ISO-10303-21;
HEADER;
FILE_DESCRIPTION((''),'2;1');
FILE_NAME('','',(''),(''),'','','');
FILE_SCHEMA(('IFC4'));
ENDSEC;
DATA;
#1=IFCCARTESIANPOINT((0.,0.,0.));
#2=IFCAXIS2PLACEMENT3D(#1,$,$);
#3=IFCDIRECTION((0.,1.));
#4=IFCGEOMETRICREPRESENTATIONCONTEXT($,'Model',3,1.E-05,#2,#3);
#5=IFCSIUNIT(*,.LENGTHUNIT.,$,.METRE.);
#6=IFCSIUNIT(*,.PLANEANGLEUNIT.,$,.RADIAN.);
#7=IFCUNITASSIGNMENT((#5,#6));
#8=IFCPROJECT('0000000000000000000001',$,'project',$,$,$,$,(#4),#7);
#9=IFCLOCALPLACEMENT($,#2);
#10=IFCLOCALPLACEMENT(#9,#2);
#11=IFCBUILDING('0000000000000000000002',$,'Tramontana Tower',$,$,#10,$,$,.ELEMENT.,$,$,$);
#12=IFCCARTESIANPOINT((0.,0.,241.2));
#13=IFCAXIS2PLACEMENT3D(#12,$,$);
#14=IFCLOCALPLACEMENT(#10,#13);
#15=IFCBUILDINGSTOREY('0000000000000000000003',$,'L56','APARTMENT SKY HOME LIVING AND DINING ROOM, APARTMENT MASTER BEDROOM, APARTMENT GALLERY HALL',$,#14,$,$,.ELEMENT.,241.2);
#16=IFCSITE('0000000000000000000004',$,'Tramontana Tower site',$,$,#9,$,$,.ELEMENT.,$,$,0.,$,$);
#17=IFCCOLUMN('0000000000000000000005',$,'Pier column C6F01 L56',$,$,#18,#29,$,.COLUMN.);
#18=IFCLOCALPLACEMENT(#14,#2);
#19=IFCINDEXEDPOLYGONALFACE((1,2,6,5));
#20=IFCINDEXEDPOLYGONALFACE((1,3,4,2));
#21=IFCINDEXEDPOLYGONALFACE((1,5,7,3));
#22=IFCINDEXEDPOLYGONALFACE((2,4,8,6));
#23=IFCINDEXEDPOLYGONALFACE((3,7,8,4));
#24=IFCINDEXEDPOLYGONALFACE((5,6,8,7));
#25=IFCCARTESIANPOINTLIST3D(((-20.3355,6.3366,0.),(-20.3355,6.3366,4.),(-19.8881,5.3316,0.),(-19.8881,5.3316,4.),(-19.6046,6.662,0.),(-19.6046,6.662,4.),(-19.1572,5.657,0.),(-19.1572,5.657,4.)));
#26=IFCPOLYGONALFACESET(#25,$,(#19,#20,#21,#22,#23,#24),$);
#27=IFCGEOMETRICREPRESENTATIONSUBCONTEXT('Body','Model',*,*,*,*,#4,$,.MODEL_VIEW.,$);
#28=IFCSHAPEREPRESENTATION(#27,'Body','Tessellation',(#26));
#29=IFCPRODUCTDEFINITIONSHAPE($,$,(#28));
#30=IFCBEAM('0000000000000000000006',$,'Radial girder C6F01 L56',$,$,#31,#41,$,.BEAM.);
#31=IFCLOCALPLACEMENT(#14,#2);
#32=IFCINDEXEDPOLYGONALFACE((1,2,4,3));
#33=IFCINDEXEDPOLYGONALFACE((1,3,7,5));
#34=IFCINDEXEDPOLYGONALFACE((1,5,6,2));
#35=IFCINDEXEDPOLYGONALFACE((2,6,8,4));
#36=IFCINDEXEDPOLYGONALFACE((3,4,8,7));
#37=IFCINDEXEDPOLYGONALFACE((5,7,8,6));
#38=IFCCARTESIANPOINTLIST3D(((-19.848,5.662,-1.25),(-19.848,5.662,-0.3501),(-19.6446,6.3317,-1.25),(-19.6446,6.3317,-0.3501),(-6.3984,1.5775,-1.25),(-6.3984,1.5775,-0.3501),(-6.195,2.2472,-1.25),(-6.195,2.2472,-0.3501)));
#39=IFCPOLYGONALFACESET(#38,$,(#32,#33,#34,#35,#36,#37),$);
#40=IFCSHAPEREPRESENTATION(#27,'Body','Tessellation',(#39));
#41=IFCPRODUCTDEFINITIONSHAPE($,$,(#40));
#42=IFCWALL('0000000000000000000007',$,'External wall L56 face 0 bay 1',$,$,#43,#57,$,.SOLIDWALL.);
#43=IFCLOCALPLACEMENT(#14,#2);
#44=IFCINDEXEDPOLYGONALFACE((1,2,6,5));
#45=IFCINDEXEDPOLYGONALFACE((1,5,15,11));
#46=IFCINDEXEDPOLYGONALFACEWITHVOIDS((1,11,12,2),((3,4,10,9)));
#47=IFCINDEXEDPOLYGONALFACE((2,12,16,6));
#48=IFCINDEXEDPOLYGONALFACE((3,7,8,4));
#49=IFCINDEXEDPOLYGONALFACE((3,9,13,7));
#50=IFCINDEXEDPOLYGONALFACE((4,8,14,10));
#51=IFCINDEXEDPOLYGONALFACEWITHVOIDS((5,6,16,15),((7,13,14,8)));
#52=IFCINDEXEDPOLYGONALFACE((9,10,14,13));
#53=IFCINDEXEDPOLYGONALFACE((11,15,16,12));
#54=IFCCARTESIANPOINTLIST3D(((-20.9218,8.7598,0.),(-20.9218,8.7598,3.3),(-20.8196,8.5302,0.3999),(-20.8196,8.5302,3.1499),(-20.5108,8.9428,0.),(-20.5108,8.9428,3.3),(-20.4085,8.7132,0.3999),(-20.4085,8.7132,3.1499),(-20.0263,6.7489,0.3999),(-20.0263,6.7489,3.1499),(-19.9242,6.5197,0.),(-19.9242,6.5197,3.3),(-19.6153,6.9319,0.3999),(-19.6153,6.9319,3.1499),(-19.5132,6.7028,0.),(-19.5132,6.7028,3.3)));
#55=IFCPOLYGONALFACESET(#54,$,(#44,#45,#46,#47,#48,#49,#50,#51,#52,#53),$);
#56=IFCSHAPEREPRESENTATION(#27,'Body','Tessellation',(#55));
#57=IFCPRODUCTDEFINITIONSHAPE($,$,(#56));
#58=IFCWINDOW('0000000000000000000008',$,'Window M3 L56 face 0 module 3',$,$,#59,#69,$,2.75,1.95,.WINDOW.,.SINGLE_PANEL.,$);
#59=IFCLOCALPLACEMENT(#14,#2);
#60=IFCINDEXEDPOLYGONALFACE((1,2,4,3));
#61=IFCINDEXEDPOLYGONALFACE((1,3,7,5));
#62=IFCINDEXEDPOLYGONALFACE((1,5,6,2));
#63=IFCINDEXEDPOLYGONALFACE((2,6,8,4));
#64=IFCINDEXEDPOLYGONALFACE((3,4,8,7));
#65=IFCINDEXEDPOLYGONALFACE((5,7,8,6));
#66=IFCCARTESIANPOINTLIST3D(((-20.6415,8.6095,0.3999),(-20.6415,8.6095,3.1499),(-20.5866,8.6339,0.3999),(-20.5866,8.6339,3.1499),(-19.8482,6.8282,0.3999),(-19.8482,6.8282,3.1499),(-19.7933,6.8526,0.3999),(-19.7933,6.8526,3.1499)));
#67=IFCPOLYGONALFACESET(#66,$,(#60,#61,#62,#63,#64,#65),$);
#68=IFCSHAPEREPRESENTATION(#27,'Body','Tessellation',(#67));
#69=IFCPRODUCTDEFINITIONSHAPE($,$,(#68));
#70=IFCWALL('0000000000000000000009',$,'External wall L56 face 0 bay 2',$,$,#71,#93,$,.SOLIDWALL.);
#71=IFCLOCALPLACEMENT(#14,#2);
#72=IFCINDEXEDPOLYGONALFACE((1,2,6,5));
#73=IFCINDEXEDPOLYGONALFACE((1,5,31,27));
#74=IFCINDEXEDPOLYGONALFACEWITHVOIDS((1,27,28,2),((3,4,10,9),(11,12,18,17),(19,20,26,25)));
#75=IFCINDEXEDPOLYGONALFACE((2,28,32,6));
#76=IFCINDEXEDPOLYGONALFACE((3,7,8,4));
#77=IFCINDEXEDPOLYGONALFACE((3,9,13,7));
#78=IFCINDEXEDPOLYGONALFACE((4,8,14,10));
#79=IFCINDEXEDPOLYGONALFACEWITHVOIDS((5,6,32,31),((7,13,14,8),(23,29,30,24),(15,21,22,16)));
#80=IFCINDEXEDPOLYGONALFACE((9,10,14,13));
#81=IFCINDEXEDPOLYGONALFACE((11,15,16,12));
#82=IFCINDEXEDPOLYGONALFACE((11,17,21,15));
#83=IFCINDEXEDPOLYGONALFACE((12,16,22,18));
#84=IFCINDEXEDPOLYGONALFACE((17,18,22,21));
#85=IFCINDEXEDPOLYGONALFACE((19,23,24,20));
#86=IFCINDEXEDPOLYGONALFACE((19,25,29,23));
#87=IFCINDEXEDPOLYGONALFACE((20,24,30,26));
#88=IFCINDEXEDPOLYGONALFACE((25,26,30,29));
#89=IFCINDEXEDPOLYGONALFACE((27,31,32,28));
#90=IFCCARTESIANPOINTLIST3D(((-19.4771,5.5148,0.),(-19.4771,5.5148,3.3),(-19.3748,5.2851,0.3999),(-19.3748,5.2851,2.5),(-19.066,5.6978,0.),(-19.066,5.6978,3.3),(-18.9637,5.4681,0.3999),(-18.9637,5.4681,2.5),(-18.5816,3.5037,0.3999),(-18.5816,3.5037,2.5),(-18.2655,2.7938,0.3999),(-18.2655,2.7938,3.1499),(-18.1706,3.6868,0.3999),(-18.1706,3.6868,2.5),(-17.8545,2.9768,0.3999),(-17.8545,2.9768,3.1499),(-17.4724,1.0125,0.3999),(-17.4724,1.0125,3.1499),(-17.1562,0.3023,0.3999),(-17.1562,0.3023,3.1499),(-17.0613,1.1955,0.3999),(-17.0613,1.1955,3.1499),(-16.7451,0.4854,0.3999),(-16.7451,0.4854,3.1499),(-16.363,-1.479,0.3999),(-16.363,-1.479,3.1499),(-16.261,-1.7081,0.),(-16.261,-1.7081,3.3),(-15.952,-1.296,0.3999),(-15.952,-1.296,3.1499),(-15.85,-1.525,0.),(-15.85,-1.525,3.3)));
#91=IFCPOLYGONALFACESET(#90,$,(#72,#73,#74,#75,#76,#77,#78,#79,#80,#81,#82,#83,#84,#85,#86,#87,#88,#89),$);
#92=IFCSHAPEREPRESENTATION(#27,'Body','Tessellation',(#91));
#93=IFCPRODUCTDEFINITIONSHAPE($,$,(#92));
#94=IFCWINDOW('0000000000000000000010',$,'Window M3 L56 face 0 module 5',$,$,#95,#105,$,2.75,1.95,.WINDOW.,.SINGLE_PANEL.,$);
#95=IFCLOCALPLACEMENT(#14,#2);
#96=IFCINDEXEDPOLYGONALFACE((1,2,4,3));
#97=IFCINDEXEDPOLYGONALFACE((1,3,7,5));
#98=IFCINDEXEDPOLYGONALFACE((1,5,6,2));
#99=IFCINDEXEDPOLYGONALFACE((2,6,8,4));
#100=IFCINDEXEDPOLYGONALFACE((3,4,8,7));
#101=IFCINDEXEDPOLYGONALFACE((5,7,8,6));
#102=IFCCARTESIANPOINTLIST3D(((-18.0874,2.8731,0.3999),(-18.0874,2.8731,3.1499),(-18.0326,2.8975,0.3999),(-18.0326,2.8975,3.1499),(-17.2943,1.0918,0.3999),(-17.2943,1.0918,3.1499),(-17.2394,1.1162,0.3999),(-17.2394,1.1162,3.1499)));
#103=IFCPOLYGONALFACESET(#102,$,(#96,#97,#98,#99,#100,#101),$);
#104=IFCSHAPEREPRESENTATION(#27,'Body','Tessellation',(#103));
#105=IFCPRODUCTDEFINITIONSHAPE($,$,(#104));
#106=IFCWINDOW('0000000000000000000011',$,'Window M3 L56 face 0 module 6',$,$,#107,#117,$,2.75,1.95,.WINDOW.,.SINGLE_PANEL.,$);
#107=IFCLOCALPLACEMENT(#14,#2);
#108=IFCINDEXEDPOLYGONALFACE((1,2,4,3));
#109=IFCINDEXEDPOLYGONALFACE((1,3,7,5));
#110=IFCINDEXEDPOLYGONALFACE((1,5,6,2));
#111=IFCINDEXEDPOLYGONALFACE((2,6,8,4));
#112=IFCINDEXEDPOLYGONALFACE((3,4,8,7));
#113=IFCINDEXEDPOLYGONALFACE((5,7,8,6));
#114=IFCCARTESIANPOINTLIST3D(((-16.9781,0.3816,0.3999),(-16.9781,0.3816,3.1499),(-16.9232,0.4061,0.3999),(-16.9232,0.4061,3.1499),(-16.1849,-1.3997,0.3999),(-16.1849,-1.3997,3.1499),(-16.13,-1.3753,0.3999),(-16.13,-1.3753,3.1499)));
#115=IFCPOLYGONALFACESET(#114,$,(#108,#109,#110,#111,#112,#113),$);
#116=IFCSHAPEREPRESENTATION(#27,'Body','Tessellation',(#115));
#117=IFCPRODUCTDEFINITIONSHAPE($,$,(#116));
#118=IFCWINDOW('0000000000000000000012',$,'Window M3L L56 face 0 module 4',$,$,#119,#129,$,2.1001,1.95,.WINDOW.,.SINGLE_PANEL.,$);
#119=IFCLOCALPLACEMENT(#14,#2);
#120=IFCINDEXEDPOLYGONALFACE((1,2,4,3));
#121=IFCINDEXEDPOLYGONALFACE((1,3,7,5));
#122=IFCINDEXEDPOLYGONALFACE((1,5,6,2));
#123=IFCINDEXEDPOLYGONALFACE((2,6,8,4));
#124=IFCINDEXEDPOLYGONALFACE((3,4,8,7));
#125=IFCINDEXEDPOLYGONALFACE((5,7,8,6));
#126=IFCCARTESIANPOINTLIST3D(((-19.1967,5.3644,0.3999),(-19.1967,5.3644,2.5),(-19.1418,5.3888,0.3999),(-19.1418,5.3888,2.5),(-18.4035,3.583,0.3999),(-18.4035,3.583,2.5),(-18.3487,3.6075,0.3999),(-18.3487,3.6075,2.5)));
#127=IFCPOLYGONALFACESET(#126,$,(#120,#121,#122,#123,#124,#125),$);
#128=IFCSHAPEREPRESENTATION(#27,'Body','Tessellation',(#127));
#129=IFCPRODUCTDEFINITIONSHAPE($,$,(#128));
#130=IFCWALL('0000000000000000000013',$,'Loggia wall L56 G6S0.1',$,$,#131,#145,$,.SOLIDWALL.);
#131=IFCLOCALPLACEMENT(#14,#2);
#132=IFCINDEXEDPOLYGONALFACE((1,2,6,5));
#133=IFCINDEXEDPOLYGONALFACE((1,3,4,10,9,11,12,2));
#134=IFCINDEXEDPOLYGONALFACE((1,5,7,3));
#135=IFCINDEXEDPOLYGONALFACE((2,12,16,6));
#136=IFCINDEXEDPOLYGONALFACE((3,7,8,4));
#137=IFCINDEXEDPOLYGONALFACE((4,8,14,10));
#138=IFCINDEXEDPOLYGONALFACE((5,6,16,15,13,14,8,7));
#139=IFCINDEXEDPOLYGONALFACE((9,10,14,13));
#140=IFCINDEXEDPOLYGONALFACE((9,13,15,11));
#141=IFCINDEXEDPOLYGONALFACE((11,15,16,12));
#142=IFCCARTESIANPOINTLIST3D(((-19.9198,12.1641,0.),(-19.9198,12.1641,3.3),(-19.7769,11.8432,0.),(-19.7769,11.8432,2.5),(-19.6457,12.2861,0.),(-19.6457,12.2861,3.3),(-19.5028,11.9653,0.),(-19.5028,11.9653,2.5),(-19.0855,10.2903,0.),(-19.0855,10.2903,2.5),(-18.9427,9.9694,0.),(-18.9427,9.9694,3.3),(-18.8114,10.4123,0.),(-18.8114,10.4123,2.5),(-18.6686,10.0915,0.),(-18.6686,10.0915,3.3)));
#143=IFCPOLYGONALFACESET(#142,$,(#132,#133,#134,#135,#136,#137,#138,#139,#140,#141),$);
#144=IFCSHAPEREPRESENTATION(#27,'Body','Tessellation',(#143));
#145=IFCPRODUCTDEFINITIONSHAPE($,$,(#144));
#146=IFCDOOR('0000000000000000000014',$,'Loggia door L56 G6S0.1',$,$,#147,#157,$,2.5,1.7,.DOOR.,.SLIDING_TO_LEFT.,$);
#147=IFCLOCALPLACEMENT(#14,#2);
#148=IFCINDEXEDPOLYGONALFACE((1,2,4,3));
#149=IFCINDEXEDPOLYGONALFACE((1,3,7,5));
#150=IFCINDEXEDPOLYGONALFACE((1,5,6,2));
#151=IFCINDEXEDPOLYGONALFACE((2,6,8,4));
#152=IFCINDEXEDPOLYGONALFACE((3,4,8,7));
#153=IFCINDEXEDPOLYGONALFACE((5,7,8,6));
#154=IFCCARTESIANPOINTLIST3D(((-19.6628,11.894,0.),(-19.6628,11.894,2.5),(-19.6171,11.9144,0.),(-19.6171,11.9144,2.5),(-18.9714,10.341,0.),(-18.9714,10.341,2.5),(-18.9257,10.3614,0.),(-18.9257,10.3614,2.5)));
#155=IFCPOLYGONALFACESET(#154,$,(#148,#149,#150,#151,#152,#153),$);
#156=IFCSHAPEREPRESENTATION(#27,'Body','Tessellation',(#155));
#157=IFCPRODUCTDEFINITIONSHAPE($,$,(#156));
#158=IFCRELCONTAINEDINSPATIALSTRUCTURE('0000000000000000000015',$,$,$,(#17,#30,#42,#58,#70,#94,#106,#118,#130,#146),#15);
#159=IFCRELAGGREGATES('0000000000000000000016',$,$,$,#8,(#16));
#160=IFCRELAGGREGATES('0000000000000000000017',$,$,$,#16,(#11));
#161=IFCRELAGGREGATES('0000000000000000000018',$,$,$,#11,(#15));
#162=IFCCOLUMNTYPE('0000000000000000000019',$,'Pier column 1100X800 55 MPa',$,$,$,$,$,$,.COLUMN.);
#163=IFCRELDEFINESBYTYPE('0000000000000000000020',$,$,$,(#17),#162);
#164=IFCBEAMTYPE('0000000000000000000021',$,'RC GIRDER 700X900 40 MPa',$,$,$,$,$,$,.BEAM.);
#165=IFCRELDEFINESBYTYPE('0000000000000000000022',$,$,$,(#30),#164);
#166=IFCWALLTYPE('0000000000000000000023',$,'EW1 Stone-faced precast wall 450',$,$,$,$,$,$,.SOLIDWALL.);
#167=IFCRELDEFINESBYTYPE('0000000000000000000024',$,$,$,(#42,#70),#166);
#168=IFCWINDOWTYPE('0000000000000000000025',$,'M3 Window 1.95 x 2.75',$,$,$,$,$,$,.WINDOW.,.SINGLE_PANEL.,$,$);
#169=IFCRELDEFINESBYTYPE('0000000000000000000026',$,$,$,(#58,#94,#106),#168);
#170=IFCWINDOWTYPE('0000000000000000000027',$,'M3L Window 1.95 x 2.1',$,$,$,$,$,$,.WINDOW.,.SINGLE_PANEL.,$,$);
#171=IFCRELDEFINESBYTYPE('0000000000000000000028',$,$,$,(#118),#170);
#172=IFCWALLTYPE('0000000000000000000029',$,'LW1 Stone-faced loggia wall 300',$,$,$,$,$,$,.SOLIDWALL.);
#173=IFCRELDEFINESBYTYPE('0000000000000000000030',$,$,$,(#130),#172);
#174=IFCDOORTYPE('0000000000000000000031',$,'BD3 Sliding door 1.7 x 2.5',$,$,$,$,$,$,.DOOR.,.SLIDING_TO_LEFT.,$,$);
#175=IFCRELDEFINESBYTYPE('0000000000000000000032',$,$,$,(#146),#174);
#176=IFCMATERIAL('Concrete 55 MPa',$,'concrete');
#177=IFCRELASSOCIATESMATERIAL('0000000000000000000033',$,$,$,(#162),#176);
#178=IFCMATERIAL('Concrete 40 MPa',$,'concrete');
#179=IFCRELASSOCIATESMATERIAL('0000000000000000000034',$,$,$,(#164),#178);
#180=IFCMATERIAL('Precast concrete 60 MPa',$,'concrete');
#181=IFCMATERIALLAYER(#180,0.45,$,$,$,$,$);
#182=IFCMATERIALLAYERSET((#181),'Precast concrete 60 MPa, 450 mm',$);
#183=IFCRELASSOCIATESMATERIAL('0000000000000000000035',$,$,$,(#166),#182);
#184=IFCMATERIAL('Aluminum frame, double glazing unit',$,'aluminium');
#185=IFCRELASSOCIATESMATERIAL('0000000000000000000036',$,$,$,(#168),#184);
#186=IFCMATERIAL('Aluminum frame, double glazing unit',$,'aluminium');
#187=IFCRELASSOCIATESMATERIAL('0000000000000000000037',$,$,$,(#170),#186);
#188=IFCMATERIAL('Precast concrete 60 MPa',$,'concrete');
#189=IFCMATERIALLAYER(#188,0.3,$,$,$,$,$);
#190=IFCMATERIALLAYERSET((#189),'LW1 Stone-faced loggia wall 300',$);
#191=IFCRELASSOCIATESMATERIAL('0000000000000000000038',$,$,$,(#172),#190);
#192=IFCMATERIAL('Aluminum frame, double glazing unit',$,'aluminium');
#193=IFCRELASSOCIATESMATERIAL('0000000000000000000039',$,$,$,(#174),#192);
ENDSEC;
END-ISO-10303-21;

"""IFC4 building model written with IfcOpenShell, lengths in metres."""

from ifc_helpers import new_model, si_unit, direction, frame, frame_2d, origin, origin_2d, place, context, subcontext, project, spatial, rectangle, extrude, material, layer, layer_set, material_profile, profile_set, type_object, element, fill, save


model = new_model("IFC4")

# Units and contexts
model_context = context("Model", 3, precision=1e-05, world=origin(), true_north=direction((0.0, 1.0)))
body_context = subcontext(model_context, "Body", "Model", "MODEL_VIEW")
ifc_project = project(units=[si_unit("LENGTHUNIT", "METRE"), si_unit("PLANEANGLEUNIT", "RADIAN")], contexts=[model_context])

# Site, building, storey
site_placement = place(None, origin())
site = spatial("IfcSite", under=ifc_project, at=site_placement, Name="Tramontana Tower site", CompositionType="ELEMENT", RefElevation=0.0)
building_placement = place(site_placement, origin())
building = spatial("IfcBuilding", under=site, at=building_placement, Name="Tramontana Tower", CompositionType="ELEMENT")
storey_placement = place(building_placement, frame((0.0, 0.0, 241.2)))
storey = spatial("IfcBuildingStorey", under=building, at=storey_placement, Name="L56", Description="APARTMENT SKY HOME LIVING AND DINING ROOM, APARTMENT MASTER BEDROOM, APARTMENT GALLERY HALL", CompositionType="ELEMENT", Elevation=241.2)

# Column
ifc_material_1 = material(Name="Concrete 55 MPa", Category="concrete")
ifc_material_profile_1 = material_profile(ifc_material_1, rectangle(XDim=1.1001, YDim=0.8, at=origin_2d()), Name="Pier column 1100X800 55 MPa")
ifc_profile_set_1 = profile_set([ifc_material_profile_1], Name="Concrete 55 MPa")
column_type = type_object("IfcColumnType", Name="Pier column 1100X800 55 MPa", PredefinedType="COLUMN", material=ifc_profile_set_1)
column_placement = place(storey_placement, frame((-19.7463, 5.9968, 0.0), z_axis=(0.0, 0.0, 1.0), x_axis=(0.406737, -0.913545, 0.0)))
element("IfcColumn", 1, at=column_placement, inside=storey, type_object=column_type, Name="Pier column C6F01 L56", PredefinedType="COLUMN", context=body_context, shape_type="SweptSolid", body=[
    extrude(rectangle(XDim=1.1001, YDim=0.8, at=origin_2d()), origin(), (0.0, 0.0, 1.0), 4.0),
])

# Beam
ifc_material_2 = material(Name="Concrete 40 MPa", Category="concrete")
ifc_material_profile_2 = material_profile(ifc_material_2, rectangle(XDim=0.7, YDim=0.8999, at=origin_2d()), Name="RC GIRDER 700X900 40 MPa")
ifc_profile_set_2 = profile_set([ifc_material_profile_2], Name="Concrete 40 MPa")
beam_type = type_object("IfcBeamType", Name="RC GIRDER 700X900 40 MPa", PredefinedType="BEAM", material=ifc_profile_set_2)
beam_placement = place(storey_placement, frame((-19.7463, 5.9968, -0.8), z_axis=(0.95685, -0.290581, 0.0), x_axis=(0.290581, 0.95685, 0.0)))
element("IfcBeam", 2, at=beam_placement, inside=storey, type_object=beam_type, Name="Radial girder C6F01 L56", PredefinedType="BEAM", context=body_context, shape_type="SweptSolid", body=[
    extrude(rectangle(XDim=0.7, YDim=0.8999, at=origin_2d()), origin(), (0.0, 0.0, 1.0), 14.0562),
])

# Wall, opening, window
ifc_material_3 = material(Name="Precast concrete 60 MPa", Category="concrete")
ifc_layer_1 = layer(ifc_material_3, 0.45)
ifc_layer_set_1 = layer_set([ifc_layer_1], Name="Precast concrete 60 MPa, 450 mm")
wall_type_1 = type_object("IfcWallType", Name="EW1 Stone-faced precast wall 450", PredefinedType="SOLIDWALL", material=ifc_layer_set_1)
wall_1_placement = place(storey_placement, frame((-20.7163, 8.8513, 0.0), z_axis=(0.0, 0.0, 1.0), x_axis=(0.406822, -0.913507, 0.0)))
wall_1 = element("IfcWall", 3, at=wall_1_placement, inside=storey, type_object=wall_type_1, Name="External wall L56 face 0 bay 1", PredefinedType="SOLIDWALL", context=body_context, shape_type="SweptSolid", body=[
    extrude(rectangle(XDim=2.4521, YDim=0.45, at=frame_2d((1.2261, 0.0))), origin(), (0.0, 0.0, 1.0), 3.3),
])
opening_1_placement = place(wall_1_placement, frame((0.2512, 0.0, 0.3999)))
opening_1 = element("IfcOpeningElement", 4, at=opening_1_placement, cuts=wall_1, PredefinedType="OPENING", context=body_context, shape_type="SweptSolid", body=[
    extrude(rectangle(XDim=1.95, YDim=2.75, at=frame_2d((0.9751, 1.375))), frame((0.0, 0.2349, 0.0), z_axis=(0.0, -1.0, 0.0), x_axis=(1.0, 0.0, 0.0)), (0.0, 0.0, 1.0), 0.47),
])
ifc_material_4 = material(Name="Aluminum frame, double glazing unit", Category="aluminium")
window_type_1 = type_object("IfcWindowType", Name="M3 Window 1.95 x 2.75", PartitioningType="SINGLE_PANEL", PredefinedType="WINDOW", material=ifc_material_4)
window_1_placement = place(opening_1_placement, origin())
window_1 = element("IfcWindow", 5, at=window_1_placement, inside=storey, type_object=window_type_1, Name="Window M3 L56 face 0 module 3", OverallHeight=2.75, OverallWidth=1.95, PartitioningType="SINGLE_PANEL", PredefinedType="WINDOW", context=body_context, shape_type="SweptSolid", body=[
    extrude(rectangle(XDim=1.95, YDim=2.75, at=frame_2d((0.9751, 1.375))), frame((0.0, 0.03, 0.0), z_axis=(0.0, -1.0, 0.0), x_axis=(1.0, 0.0, 0.0)), (0.0, 0.0, 1.0), 0.0601),
])
fill(opening_1, window_1)

# Wall, openings, windows
wall_2_placement = place(storey_placement, frame((-19.2715, 5.6062, 0.0), z_axis=(0.0, 0.0, 1.0), x_axis=(0.40676, -0.913535, 0.0)))
wall_2 = element("IfcWall", 6, at=wall_2_placement, inside=storey, type_object=wall_type_1, Name="External wall L56 face 0 bay 2", PredefinedType="SOLIDWALL", context=body_context, shape_type="SweptSolid", body=[
    extrude(rectangle(XDim=7.9065, YDim=0.45, at=frame_2d((3.9531, 0.0))), origin(), (0.0, 0.0, 1.0), 3.3),
])
opening_2_placement = place(wall_2_placement, frame((0.2512, 0.0, 0.3999)))
opening_2 = element("IfcOpeningElement", 7, at=opening_2_placement, cuts=wall_2, PredefinedType="OPENING", context=body_context, shape_type="SweptSolid", body=[
    extrude(rectangle(XDim=1.95, YDim=2.1001, at=frame_2d((0.9751, 1.05))), frame((0.0, 0.2349, 0.0), z_axis=(0.0, -1.0, 0.0), x_axis=(1.0, 0.0, 0.0)), (0.0, 0.0, 1.0), 0.47),
])
opening_3_placement = place(wall_2_placement, frame((2.9783, 0.0, 0.3999)))
opening_3 = element("IfcOpeningElement", 8, at=opening_3_placement, cuts=wall_2, PredefinedType="OPENING", context=body_context, shape_type="SweptSolid", body=[
    extrude(rectangle(XDim=1.95, YDim=2.75, at=frame_2d((0.9751, 1.375))), frame((0.0, 0.2349, 0.0), z_axis=(0.0, -1.0, 0.0), x_axis=(1.0, 0.0, 0.0)), (0.0, 0.0, 1.0), 0.47),
])
opening_4_placement = place(wall_2_placement, frame((5.7056, 0.0, 0.3999)))
opening_4 = element("IfcOpeningElement", 9, at=opening_4_placement, cuts=wall_2, PredefinedType="OPENING", context=body_context, shape_type="SweptSolid", body=[
    extrude(rectangle(XDim=1.95, YDim=2.75, at=frame_2d((0.9751, 1.375))), frame((0.0, 0.2349, 0.0), z_axis=(0.0, -1.0, 0.0), x_axis=(1.0, 0.0, 0.0)), (0.0, 0.0, 1.0), 0.47),
])
window_2_placement = place(opening_3_placement, origin())
window_2 = element("IfcWindow", 10, at=window_2_placement, inside=storey, type_object=window_type_1, Name="Window M3 L56 face 0 module 5", OverallHeight=2.75, OverallWidth=1.95, PartitioningType="SINGLE_PANEL", PredefinedType="WINDOW", context=body_context, shape_type="SweptSolid", body=[
    extrude(rectangle(XDim=1.95, YDim=2.75, at=frame_2d((0.9751, 1.375))), frame((0.0, 0.03, 0.0), z_axis=(0.0, -1.0, 0.0), x_axis=(1.0, 0.0, 0.0)), (0.0, 0.0, 1.0), 0.0601),
])
fill(opening_3, window_2)
window_3_placement = place(opening_4_placement, origin())
window_3 = element("IfcWindow", 11, at=window_3_placement, inside=storey, type_object=window_type_1, Name="Window M3 L56 face 0 module 6", OverallHeight=2.75, OverallWidth=1.95, PartitioningType="SINGLE_PANEL", PredefinedType="WINDOW", context=body_context, shape_type="SweptSolid", body=[
    extrude(rectangle(XDim=1.95, YDim=2.75, at=frame_2d((0.9751, 1.375))), frame((0.0, 0.03, 0.0), z_axis=(0.0, -1.0, 0.0), x_axis=(1.0, 0.0, 0.0)), (0.0, 0.0, 1.0), 0.0601),
])
fill(opening_4, window_3)
ifc_material_5 = material(Name="Aluminum frame, double glazing unit", Category="aluminium")
window_type_2 = type_object("IfcWindowType", Name="M3L Window 1.95 x 2.1", PartitioningType="SINGLE_PANEL", PredefinedType="WINDOW", material=ifc_material_5)
window_4_placement = place(opening_2_placement, origin())
window_4 = element("IfcWindow", 12, at=window_4_placement, inside=storey, type_object=window_type_2, Name="Window M3L L56 face 0 module 4", OverallHeight=2.1001, OverallWidth=1.95, PartitioningType="SINGLE_PANEL", PredefinedType="WINDOW", context=body_context, shape_type="SweptSolid", body=[
    extrude(rectangle(XDim=1.95, YDim=2.1001, at=frame_2d((0.9751, 1.05))), frame((0.0, 0.03, 0.0), z_axis=(0.0, -1.0, 0.0), x_axis=(1.0, 0.0, 0.0)), (0.0, 0.0, 1.0), 0.0601),
])
fill(opening_2, window_4)

# Wall, opening, door
ifc_material_6 = material(Name="Precast concrete 60 MPa", Category="concrete")
ifc_layer_2 = layer(ifc_material_6, 0.3)
ifc_layer_set_2 = layer_set([ifc_layer_2], Name="LW1 Stone-faced loggia wall 300")
wall_type_2 = type_object("IfcWallType", Name="LW1 Stone-faced loggia wall 300", PredefinedType="SOLIDWALL", material=ifc_layer_set_2)
wall_3_placement = place(storey_placement, frame((-19.7827, 12.2251, 0.0), z_axis=(0.0, 0.0, 1.0), x_axis=(0.406723, -0.913552, 0.0)))
wall_3 = element("IfcWall", 13, at=wall_3_placement, inside=storey, type_object=wall_type_2, Name="Loggia wall L56 G6S0.1", PredefinedType="SOLIDWALL", context=body_context, shape_type="SweptSolid", body=[
    extrude(rectangle(XDim=2.4023, YDim=0.3, at=frame_2d((1.2012, 0.0))), origin(), (0.0, 0.0, 1.0), 3.3),
])
opening_5_placement = place(wall_3_placement, frame((0.3511, 0.0, 0.0)))
opening_5 = element("IfcOpeningElement", 14, at=opening_5_placement, cuts=wall_3, PredefinedType="OPENING", context=body_context, shape_type="SweptSolid", body=[
    extrude(rectangle(XDim=1.7, YDim=2.5, at=frame_2d((0.8501, 1.25))), frame((0.0, 0.1599, 0.0), z_axis=(0.0, -1.0, 0.0), x_axis=(1.0, 0.0, 0.0)), (0.0, 0.0, 1.0), 0.3201),
])
ifc_material_7 = material(Name="Aluminum frame, double glazing unit", Category="aluminium")
door_type_1 = type_object("IfcDoorType", Name="BD3 Sliding door 1.7 x 2.5", OperationType="SLIDING_TO_LEFT", PredefinedType="DOOR", material=ifc_material_7)
door_1_placement = place(opening_5_placement, origin())
door_1 = element("IfcDoor", 15, at=door_1_placement, inside=storey, type_object=door_type_1, Name="Loggia door L56 G6S0.1", OperationType="SLIDING_TO_LEFT", OverallHeight=2.5, OverallWidth=1.7, PredefinedType="DOOR", context=body_context, shape_type="SweptSolid", body=[
    extrude(rectangle(XDim=1.7, YDim=2.5, at=frame_2d((0.8501, 1.25))), frame((0.0, 0.0249, 0.0), z_axis=(0.0, -1.0, 0.0), x_axis=(1.0, 0.0, 0.0)), (0.0, 0.0, 1.0), 0.05),
])
fill(opening_5, door_1)

save(model, "model.ifc")
